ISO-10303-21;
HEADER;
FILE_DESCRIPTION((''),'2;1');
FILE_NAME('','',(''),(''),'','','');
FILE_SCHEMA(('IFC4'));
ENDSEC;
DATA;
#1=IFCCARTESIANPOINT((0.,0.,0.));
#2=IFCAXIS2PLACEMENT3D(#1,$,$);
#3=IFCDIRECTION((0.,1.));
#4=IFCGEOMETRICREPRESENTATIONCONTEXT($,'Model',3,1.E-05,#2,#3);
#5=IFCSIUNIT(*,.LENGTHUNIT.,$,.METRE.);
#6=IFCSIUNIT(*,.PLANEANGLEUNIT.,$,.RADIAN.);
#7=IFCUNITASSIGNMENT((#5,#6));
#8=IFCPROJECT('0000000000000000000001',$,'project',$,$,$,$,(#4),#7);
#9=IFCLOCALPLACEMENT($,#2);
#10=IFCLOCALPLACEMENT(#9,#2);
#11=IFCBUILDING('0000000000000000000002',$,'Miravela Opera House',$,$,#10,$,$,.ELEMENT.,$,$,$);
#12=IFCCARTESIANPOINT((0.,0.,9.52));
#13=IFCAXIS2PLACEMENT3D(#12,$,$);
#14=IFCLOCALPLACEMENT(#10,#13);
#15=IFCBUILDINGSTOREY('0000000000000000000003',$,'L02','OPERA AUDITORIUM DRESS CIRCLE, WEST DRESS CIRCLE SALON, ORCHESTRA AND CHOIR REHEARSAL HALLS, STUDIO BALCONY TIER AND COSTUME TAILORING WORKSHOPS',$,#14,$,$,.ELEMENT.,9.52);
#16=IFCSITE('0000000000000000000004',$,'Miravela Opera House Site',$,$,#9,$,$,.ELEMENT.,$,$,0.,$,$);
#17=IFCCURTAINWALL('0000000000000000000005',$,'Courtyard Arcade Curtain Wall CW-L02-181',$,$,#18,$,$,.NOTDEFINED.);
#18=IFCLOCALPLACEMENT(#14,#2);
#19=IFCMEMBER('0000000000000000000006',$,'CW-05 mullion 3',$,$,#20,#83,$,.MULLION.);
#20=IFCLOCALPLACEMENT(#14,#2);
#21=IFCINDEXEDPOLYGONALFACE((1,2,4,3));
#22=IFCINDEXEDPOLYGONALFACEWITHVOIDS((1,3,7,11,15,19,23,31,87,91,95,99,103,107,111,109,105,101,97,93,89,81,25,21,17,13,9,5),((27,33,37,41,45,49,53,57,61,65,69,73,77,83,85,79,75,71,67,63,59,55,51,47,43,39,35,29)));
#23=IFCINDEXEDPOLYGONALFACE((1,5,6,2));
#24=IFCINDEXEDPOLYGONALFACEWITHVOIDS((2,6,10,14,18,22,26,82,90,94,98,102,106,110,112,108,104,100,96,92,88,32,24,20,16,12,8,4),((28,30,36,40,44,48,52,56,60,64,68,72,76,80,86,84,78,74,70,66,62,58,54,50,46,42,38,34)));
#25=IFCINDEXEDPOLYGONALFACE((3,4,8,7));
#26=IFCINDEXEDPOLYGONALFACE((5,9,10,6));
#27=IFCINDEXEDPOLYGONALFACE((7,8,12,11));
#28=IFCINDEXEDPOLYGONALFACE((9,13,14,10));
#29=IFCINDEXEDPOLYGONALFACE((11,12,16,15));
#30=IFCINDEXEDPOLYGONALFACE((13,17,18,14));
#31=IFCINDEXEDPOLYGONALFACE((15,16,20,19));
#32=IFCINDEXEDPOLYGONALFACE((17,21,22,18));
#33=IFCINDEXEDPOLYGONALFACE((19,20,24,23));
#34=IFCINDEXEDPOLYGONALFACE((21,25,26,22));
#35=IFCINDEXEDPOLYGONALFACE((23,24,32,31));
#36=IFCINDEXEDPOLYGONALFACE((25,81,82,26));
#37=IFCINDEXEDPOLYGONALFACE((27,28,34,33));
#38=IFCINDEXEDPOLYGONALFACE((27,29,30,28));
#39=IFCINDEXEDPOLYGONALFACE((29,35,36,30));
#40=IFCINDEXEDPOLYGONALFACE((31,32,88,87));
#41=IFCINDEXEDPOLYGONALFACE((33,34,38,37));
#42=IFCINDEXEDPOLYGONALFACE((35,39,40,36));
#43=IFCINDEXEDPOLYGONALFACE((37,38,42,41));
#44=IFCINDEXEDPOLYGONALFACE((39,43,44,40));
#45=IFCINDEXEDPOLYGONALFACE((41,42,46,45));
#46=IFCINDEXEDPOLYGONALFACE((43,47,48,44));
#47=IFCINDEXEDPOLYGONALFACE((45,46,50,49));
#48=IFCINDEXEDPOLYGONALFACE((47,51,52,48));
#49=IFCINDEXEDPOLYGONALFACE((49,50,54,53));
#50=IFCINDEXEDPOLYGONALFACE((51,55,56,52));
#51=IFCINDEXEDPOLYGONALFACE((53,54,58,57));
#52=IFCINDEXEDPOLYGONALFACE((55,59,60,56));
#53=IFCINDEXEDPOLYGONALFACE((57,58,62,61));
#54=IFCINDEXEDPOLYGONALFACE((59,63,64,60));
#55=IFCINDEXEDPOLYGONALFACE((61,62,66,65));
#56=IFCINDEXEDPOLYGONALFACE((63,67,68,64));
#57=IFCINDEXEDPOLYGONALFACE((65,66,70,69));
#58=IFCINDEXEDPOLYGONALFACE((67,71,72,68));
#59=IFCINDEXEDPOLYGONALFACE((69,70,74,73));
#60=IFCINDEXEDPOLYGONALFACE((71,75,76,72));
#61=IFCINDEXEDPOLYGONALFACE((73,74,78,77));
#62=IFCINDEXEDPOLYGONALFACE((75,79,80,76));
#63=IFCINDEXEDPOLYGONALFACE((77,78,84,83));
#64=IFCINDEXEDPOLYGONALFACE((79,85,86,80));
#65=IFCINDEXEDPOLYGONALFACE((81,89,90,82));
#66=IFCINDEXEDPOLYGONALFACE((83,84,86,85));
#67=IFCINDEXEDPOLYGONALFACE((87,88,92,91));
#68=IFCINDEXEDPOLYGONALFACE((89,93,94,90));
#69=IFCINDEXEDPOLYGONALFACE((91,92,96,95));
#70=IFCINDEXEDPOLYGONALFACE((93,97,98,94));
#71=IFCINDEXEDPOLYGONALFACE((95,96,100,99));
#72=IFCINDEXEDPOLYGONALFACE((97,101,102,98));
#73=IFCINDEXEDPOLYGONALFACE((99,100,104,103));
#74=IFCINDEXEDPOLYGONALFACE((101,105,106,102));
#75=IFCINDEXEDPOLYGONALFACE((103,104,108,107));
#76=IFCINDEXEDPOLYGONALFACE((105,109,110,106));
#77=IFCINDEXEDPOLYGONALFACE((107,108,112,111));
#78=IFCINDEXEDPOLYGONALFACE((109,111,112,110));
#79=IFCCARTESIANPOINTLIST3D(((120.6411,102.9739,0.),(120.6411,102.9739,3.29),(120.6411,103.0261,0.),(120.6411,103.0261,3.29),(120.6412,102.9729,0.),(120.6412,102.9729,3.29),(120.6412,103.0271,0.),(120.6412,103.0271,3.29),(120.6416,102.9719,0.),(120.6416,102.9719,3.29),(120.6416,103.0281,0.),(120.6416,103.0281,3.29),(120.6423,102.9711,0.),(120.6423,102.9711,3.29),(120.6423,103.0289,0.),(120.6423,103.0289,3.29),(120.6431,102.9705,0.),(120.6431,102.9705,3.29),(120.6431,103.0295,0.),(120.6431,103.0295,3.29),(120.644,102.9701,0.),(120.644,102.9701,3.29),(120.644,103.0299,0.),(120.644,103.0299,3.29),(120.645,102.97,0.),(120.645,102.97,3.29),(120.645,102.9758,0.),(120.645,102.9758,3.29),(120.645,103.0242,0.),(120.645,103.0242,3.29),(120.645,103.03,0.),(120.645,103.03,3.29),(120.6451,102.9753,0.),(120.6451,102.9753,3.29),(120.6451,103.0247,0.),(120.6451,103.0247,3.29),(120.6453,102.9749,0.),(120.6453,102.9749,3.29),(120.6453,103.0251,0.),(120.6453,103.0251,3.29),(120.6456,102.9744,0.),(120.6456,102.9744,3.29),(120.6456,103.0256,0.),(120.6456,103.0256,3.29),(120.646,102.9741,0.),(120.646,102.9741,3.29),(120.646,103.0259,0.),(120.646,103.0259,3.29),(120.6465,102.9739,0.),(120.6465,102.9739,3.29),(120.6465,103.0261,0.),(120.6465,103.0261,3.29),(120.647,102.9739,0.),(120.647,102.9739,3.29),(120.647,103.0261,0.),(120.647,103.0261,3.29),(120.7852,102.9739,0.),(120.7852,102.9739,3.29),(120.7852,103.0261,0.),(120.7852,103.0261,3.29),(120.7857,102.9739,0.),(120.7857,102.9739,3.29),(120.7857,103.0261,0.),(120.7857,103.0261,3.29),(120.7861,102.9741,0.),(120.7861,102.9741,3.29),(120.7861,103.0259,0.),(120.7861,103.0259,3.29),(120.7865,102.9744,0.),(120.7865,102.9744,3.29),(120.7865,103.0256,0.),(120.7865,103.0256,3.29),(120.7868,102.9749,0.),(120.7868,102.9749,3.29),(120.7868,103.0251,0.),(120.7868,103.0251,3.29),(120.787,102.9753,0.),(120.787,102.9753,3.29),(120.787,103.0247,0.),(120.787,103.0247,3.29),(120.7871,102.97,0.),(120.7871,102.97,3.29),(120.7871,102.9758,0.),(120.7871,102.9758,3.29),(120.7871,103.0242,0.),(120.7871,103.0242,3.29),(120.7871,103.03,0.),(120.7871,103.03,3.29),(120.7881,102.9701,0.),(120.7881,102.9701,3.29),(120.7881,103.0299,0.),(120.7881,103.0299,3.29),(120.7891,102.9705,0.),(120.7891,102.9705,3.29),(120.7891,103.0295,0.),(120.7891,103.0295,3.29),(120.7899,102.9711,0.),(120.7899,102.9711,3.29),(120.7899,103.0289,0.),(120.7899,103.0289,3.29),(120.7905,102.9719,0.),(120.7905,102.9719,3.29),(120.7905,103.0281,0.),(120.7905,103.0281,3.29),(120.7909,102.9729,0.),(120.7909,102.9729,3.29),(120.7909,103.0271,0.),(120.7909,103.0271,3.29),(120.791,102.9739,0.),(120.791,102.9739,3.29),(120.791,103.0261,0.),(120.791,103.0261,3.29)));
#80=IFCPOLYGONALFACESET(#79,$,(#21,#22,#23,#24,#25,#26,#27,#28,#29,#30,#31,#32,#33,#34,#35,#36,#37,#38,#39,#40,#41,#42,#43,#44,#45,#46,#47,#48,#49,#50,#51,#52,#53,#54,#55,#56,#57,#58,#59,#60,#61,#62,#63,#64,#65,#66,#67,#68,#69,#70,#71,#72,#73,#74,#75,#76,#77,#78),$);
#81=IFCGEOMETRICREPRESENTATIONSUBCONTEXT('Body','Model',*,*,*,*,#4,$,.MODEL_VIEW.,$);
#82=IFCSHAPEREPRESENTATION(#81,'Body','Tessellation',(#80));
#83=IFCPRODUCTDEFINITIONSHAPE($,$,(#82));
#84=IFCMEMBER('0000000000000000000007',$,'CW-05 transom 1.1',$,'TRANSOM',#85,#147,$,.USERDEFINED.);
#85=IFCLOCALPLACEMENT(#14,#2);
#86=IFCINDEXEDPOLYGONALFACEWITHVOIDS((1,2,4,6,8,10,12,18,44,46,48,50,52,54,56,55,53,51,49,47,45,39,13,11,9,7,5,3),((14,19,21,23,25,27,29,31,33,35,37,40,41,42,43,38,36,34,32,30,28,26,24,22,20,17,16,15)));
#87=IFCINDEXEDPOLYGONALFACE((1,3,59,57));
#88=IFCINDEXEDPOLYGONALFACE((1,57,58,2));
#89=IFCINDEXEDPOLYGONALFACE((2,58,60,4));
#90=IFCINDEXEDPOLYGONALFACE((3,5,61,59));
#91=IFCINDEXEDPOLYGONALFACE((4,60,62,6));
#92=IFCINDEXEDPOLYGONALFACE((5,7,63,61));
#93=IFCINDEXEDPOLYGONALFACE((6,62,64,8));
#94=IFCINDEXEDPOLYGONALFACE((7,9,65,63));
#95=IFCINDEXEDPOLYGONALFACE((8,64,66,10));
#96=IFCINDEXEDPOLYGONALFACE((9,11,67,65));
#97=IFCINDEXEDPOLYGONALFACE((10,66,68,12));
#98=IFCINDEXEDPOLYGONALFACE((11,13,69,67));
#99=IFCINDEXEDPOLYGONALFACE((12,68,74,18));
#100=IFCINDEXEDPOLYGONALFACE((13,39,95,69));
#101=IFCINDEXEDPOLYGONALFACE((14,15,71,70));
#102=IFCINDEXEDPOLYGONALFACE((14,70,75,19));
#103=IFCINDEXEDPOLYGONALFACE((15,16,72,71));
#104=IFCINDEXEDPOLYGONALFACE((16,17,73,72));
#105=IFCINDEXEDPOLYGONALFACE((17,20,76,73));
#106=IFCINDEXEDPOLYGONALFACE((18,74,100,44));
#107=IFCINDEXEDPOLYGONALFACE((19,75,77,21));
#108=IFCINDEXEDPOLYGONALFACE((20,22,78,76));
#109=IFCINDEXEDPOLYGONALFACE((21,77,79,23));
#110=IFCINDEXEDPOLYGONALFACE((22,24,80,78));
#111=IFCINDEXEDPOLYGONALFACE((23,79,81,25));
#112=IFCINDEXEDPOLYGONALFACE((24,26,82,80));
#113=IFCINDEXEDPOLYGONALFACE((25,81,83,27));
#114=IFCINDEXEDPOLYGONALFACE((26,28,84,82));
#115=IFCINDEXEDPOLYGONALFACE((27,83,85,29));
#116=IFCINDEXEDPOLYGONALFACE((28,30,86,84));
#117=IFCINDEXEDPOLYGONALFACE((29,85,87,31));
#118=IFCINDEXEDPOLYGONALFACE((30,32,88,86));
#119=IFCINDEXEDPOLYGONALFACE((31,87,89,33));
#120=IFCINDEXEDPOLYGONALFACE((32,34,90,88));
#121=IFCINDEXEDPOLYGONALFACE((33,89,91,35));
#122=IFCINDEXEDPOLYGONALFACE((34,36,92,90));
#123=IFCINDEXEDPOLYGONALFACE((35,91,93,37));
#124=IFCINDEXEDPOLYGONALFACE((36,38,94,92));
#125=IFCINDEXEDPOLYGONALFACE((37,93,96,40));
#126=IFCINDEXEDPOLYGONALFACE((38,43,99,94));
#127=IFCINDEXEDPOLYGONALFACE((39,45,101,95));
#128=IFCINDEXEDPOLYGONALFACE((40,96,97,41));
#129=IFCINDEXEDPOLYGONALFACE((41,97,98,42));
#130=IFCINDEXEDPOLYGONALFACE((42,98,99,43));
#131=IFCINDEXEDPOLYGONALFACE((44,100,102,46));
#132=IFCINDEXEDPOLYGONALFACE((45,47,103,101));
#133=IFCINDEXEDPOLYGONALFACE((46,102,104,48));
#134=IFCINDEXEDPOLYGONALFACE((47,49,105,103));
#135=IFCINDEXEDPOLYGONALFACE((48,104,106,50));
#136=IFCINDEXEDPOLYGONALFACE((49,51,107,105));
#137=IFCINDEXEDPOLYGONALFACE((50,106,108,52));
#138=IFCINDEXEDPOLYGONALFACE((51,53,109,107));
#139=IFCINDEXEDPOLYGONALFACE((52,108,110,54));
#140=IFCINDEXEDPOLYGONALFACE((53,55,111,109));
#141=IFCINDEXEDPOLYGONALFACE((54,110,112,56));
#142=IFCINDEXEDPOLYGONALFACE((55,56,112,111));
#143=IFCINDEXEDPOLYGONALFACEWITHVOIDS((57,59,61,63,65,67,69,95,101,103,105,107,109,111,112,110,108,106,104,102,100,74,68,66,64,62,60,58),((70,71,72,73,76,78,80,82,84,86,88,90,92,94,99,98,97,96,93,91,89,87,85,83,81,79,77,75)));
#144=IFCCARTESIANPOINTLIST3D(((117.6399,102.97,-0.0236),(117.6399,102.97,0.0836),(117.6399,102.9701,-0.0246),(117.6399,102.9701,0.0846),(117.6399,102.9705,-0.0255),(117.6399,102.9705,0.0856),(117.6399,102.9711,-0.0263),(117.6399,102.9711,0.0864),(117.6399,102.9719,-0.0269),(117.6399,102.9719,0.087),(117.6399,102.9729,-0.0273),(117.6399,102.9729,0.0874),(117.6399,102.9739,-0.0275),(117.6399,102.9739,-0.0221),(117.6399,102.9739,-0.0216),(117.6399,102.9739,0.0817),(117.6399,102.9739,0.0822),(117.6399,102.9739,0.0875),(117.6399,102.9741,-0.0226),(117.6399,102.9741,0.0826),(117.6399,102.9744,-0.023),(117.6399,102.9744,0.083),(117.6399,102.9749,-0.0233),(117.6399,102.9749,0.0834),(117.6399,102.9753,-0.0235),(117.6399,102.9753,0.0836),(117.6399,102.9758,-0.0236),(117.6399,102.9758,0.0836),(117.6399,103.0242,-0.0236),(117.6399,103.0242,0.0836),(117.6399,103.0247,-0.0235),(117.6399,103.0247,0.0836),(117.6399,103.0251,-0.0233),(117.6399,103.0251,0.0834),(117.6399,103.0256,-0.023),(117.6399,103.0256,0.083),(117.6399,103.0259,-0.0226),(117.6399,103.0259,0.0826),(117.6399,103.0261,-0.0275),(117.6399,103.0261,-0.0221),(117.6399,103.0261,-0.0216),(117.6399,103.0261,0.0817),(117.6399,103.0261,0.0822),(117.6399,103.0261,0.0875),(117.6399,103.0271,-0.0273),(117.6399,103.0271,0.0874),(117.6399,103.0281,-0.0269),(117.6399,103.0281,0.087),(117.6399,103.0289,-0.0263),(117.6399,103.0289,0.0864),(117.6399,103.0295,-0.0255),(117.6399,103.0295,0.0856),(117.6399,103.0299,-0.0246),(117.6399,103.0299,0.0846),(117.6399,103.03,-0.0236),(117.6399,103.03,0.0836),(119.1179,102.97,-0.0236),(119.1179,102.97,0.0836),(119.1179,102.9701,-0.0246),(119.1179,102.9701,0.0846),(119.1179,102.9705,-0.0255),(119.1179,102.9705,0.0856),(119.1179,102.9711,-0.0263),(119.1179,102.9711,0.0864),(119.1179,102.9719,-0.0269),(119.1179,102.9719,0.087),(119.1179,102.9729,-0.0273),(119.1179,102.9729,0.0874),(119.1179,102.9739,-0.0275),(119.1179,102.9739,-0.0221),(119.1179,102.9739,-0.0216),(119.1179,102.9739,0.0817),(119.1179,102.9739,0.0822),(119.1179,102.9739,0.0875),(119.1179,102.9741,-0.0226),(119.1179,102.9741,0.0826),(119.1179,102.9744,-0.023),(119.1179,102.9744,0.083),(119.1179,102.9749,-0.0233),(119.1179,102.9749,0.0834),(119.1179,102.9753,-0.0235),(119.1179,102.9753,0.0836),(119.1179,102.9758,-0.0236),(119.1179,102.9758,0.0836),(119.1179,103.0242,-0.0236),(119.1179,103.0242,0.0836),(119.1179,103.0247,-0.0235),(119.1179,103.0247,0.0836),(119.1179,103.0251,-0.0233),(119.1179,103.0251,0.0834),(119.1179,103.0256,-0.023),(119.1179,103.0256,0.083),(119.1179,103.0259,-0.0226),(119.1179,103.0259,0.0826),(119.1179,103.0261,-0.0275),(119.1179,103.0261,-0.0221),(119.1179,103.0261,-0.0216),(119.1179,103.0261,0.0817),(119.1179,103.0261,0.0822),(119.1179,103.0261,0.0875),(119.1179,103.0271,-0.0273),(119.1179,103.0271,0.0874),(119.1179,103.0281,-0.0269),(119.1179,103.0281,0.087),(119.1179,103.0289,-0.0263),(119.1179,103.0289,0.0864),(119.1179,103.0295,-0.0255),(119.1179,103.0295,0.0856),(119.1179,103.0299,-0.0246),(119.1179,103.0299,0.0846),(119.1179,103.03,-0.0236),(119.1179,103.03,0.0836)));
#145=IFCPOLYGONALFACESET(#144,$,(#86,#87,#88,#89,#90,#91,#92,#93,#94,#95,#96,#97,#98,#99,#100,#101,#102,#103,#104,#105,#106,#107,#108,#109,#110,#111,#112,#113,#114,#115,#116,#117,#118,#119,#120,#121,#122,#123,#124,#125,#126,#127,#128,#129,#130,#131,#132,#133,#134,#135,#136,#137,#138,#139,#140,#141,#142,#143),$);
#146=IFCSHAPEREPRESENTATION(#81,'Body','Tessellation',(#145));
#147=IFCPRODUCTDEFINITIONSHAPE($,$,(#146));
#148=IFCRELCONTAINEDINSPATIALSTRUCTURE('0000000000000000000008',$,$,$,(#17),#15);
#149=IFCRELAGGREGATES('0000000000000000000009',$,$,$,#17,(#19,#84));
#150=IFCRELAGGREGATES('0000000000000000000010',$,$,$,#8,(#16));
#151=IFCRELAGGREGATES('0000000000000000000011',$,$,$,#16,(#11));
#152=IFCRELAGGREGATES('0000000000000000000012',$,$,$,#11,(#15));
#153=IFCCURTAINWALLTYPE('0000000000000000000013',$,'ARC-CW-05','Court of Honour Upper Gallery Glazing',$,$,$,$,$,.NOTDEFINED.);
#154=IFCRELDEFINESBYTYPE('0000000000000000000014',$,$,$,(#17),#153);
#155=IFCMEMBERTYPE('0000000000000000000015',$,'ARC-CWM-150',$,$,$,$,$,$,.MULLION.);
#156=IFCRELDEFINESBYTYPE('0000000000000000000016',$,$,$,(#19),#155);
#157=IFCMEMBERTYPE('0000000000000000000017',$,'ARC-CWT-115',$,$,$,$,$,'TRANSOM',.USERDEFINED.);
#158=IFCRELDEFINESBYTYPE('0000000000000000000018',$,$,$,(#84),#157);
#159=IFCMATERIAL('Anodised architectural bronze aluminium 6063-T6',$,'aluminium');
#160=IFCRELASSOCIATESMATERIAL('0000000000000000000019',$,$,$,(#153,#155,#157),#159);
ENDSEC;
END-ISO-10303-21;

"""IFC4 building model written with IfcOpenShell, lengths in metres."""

from ifc_helpers import new_model, si_unit, direction, frame, origin, origin_2d, place, context, subcontext, project, spatial, hollow_rectangle, extrude, material, material_profile, profile_set, type_object, element, aggregate, save


model = new_model("IFC4")

# Units and contexts
model_context = context("Model", 3, precision=1e-05, world=origin(), true_north=direction((0.0, 1.0)))
body_context = subcontext(model_context, "Body", "Model", "MODEL_VIEW")
ifc_project = project(units=[si_unit("LENGTHUNIT", "METRE"), si_unit("PLANEANGLEUNIT", "RADIAN")], contexts=[model_context])

# Site, building, storey
site_placement = place(None, origin())
site = spatial("IfcSite", under=ifc_project, at=site_placement, Name="Miravela Opera House Site", CompositionType="ELEMENT", RefElevation=0.0)
building_placement = place(site_placement, origin())
building = spatial("IfcBuilding", under=site, at=building_placement, Name="Miravela Opera House", CompositionType="ELEMENT")
storey_placement = place(building_placement, frame((0.0, 0.0, 9.52)))
storey = spatial("IfcBuildingStorey", under=building, at=storey_placement, Name="L02", Description="OPERA AUDITORIUM DRESS CIRCLE, WEST DRESS CIRCLE SALON, ORCHESTRA AND CHOIR REHEARSAL HALLS, STUDIO BALCONY TIER AND COSTUME TAILORING WORKSHOPS", CompositionType="ELEMENT", Elevation=9.52)

# Curtain wall, members
ifc_material_1 = material(Name="Anodised architectural bronze aluminium 6063-T6", Category="aluminium")
curtain_wall_type = type_object("IfcCurtainWallType", Name="ARC-CW-05", Description="Court of Honour Upper Gallery Glazing", PredefinedType="NOTDEFINED", material=ifc_material_1)
curtain_wall_placement = place(storey_placement, origin())
curtain_wall = element("IfcCurtainWall", 1, at=curtain_wall_placement, inside=storey, type_object=curtain_wall_type, Name="Courtyard Arcade Curtain Wall CW-L02-181", PredefinedType="NOTDEFINED")
ifc_material_profile_1 = material_profile(ifc_material_1, hollow_rectangle(XDim=0.0601, YDim=0.1499, WallThickness=0.0039, InnerFilletRadius=0.002, OuterFilletRadius=0.0039, at=origin_2d()), Name="CWM-60X150")
ifc_profile_set_1 = profile_set([ifc_material_profile_1])
member_type_1 = type_object("IfcMemberType", Name="ARC-CWM-150", PredefinedType="MULLION", material=ifc_profile_set_1)
member_1_placement = place(storey_placement, frame((120.7161, 103.0, 0.0), z_axis=(0.0, 0.0, 1.0), x_axis=(0.0, 1.0, 0.0)))
member_1 = element("IfcMember", 2, at=member_1_placement, type_object=member_type_1, Name="CW-05 mullion 3", PredefinedType="MULLION", context=body_context, shape_type="SweptSolid", body=[
    extrude(hollow_rectangle(XDim=0.0601, YDim=0.1499, WallThickness=0.0039, InnerFilletRadius=0.002, OuterFilletRadius=0.0039, at=origin_2d()), origin(), (0.0, 0.0, 1.0), 3.29),
])
ifc_material_profile_2 = material_profile(ifc_material_1, hollow_rectangle(XDim=0.0601, YDim=0.115, WallThickness=0.0039, InnerFilletRadius=0.002, OuterFilletRadius=0.0039, at=origin_2d()), Name="CWT-60X115")
ifc_profile_set_2 = profile_set([ifc_material_profile_2])
member_type_2 = type_object("IfcMemberType", Name="ARC-CWT-115", ElementType="TRANSOM", PredefinedType="USERDEFINED", material=ifc_profile_set_2)
member_2_placement = place(storey_placement, frame((117.6399, 103.0, 0.03), z_axis=(1.0, 0.0, 0.0), x_axis=(0.0, 1.0, 0.0)))
member_2 = element("IfcMember", 3, at=member_2_placement, type_object=member_type_2, Name="CW-05 transom 1.1", ObjectType="TRANSOM", PredefinedType="USERDEFINED", context=body_context, shape_type="SweptSolid", body=[
    extrude(hollow_rectangle(XDim=0.0601, YDim=0.115, WallThickness=0.0039, InnerFilletRadius=0.002, OuterFilletRadius=0.0039, at=origin_2d()), origin(), (0.0, 0.0, 1.0), 1.478),
])

aggregate(curtain_wall, [member_1, member_2])

save(model, "model.ifc")
